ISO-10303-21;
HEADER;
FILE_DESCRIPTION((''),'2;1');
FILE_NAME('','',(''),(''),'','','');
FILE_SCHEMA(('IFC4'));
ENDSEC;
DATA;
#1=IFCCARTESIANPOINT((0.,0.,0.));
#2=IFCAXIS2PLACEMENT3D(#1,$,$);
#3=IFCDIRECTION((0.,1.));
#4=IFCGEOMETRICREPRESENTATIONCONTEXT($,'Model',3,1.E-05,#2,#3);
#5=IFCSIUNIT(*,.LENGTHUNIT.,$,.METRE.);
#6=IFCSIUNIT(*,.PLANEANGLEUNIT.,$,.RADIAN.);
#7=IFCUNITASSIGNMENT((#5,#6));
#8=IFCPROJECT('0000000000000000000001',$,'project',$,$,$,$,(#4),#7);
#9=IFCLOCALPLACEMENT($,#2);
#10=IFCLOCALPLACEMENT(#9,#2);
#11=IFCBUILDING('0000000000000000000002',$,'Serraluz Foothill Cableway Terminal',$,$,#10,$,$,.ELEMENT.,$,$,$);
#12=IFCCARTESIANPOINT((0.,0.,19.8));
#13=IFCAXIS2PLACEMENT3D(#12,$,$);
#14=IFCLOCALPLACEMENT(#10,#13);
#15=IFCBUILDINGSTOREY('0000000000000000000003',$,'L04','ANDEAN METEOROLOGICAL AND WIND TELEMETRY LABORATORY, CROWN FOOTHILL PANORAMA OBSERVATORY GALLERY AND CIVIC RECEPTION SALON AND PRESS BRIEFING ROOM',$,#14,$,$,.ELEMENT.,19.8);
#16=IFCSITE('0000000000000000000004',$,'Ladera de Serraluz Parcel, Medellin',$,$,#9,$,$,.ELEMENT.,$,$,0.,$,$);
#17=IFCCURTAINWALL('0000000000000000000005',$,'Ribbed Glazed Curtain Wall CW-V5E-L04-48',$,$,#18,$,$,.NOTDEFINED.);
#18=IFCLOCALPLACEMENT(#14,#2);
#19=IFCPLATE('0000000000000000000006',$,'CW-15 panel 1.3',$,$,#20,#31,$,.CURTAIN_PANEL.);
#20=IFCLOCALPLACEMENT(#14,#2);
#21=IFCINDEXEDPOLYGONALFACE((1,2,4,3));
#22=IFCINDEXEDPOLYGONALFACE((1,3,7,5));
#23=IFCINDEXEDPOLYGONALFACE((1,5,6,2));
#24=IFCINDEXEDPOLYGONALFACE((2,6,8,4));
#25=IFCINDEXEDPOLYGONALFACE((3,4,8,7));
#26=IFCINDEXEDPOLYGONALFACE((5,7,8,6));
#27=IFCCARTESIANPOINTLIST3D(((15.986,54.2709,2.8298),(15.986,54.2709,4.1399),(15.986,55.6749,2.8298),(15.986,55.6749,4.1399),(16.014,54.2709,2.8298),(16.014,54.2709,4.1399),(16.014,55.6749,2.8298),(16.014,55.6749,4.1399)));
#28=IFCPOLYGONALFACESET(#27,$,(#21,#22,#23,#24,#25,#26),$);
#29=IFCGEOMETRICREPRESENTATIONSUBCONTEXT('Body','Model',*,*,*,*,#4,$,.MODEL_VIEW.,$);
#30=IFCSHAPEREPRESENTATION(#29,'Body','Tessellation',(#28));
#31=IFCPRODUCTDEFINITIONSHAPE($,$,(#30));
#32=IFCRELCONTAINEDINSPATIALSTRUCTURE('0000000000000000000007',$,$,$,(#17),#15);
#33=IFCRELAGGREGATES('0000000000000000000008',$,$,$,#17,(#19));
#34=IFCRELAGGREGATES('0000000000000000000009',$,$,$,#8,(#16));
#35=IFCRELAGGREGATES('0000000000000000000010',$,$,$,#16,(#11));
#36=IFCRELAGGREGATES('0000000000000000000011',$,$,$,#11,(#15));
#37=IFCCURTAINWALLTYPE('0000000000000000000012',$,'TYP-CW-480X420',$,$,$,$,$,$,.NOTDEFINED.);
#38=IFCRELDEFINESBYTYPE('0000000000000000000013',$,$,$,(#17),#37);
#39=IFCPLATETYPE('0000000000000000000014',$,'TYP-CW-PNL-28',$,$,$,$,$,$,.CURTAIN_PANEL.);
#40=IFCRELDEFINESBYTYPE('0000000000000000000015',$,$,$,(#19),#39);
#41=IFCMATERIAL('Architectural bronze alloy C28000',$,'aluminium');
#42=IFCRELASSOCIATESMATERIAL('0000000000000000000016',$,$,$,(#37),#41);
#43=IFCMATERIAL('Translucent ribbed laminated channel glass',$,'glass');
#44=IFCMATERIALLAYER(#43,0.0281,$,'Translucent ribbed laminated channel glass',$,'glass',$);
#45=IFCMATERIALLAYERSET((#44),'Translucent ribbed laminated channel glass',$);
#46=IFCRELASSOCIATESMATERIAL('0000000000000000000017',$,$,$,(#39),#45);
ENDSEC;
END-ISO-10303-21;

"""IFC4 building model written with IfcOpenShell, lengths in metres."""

from ifc_helpers import new_model, si_unit, direction, frame, origin, origin_2d, place, context, subcontext, project, spatial, rectangle, extrude, material, layer, layer_set, type_object, element, aggregate, save


model = new_model("IFC4")

# Units and contexts
model_context = context("Model", 3, precision=1e-05, world=origin(), true_north=direction((0.0, 1.0)))
body_context = subcontext(model_context, "Body", "Model", "MODEL_VIEW")
ifc_project = project(units=[si_unit("LENGTHUNIT", "METRE"), si_unit("PLANEANGLEUNIT", "RADIAN")], contexts=[model_context])

# Site, building, storey
site_placement = place(None, origin())
site = spatial("IfcSite", under=ifc_project, at=site_placement, Name="Ladera de Serraluz Parcel, Medellin", CompositionType="ELEMENT", RefElevation=0.0)
building_placement = place(site_placement, origin())
building = spatial("IfcBuilding", under=site, at=building_placement, Name="Serraluz Foothill Cableway Terminal", CompositionType="ELEMENT")
storey_placement = place(building_placement, frame((0.0, 0.0, 19.8)))
storey = spatial("IfcBuildingStorey", under=building, at=storey_placement, Name="L04", Description="ANDEAN METEOROLOGICAL AND WIND TELEMETRY LABORATORY, CROWN FOOTHILL PANORAMA OBSERVATORY GALLERY AND CIVIC RECEPTION SALON AND PRESS BRIEFING ROOM", CompositionType="ELEMENT", Elevation=19.8)

# Curtain wall
ifc_material_1 = material(Name="Architectural bronze alloy C28000", Category="aluminium")
curtain_wall_type_1 = type_object("IfcCurtainWallType", Name="TYP-CW-480X420", PredefinedType="NOTDEFINED", material=ifc_material_1)
curtain_wall_1_placement = place(storey_placement, origin())
curtain_wall_1 = element("IfcCurtainWall", 1, at=curtain_wall_1_placement, inside=storey, type_object=curtain_wall_type_1, Name="Ribbed Glazed Curtain Wall CW-V5E-L04-48", PredefinedType="NOTDEFINED")

# Plate
ifc_material_2 = material(Name="Translucent ribbed laminated channel glass", Category="glass")
ifc_layer = layer(ifc_material_2, 0.0281, Name="Translucent ribbed laminated channel glass", Category="glass")
ifc_layer_set = layer_set([ifc_layer], Name="Translucent ribbed laminated channel glass")
plate_type = type_object("IfcPlateType", Name="TYP-CW-PNL-28", PredefinedType="CURTAIN_PANEL", material=ifc_layer_set)
plate_1_placement = place(storey_placement, frame((16.0, 54.9729, 2.8298), z_axis=(0.0, 0.0, 1.0), x_axis=(0.0, -1.0, 0.0)))
plate_1 = element("IfcPlate", 2, at=plate_1_placement, type_object=plate_type, Name="CW-15 panel 1.3", PredefinedType="CURTAIN_PANEL", context=body_context, shape_type="SweptSolid", body=[
    extrude(rectangle(XDim=1.4041, YDim=0.0281, at=origin_2d()), origin(), (0.0, 0.0, 1.0), 1.3101),
])
aggregate(curtain_wall_1, [plate_1])

save(model, "model.ifc")
